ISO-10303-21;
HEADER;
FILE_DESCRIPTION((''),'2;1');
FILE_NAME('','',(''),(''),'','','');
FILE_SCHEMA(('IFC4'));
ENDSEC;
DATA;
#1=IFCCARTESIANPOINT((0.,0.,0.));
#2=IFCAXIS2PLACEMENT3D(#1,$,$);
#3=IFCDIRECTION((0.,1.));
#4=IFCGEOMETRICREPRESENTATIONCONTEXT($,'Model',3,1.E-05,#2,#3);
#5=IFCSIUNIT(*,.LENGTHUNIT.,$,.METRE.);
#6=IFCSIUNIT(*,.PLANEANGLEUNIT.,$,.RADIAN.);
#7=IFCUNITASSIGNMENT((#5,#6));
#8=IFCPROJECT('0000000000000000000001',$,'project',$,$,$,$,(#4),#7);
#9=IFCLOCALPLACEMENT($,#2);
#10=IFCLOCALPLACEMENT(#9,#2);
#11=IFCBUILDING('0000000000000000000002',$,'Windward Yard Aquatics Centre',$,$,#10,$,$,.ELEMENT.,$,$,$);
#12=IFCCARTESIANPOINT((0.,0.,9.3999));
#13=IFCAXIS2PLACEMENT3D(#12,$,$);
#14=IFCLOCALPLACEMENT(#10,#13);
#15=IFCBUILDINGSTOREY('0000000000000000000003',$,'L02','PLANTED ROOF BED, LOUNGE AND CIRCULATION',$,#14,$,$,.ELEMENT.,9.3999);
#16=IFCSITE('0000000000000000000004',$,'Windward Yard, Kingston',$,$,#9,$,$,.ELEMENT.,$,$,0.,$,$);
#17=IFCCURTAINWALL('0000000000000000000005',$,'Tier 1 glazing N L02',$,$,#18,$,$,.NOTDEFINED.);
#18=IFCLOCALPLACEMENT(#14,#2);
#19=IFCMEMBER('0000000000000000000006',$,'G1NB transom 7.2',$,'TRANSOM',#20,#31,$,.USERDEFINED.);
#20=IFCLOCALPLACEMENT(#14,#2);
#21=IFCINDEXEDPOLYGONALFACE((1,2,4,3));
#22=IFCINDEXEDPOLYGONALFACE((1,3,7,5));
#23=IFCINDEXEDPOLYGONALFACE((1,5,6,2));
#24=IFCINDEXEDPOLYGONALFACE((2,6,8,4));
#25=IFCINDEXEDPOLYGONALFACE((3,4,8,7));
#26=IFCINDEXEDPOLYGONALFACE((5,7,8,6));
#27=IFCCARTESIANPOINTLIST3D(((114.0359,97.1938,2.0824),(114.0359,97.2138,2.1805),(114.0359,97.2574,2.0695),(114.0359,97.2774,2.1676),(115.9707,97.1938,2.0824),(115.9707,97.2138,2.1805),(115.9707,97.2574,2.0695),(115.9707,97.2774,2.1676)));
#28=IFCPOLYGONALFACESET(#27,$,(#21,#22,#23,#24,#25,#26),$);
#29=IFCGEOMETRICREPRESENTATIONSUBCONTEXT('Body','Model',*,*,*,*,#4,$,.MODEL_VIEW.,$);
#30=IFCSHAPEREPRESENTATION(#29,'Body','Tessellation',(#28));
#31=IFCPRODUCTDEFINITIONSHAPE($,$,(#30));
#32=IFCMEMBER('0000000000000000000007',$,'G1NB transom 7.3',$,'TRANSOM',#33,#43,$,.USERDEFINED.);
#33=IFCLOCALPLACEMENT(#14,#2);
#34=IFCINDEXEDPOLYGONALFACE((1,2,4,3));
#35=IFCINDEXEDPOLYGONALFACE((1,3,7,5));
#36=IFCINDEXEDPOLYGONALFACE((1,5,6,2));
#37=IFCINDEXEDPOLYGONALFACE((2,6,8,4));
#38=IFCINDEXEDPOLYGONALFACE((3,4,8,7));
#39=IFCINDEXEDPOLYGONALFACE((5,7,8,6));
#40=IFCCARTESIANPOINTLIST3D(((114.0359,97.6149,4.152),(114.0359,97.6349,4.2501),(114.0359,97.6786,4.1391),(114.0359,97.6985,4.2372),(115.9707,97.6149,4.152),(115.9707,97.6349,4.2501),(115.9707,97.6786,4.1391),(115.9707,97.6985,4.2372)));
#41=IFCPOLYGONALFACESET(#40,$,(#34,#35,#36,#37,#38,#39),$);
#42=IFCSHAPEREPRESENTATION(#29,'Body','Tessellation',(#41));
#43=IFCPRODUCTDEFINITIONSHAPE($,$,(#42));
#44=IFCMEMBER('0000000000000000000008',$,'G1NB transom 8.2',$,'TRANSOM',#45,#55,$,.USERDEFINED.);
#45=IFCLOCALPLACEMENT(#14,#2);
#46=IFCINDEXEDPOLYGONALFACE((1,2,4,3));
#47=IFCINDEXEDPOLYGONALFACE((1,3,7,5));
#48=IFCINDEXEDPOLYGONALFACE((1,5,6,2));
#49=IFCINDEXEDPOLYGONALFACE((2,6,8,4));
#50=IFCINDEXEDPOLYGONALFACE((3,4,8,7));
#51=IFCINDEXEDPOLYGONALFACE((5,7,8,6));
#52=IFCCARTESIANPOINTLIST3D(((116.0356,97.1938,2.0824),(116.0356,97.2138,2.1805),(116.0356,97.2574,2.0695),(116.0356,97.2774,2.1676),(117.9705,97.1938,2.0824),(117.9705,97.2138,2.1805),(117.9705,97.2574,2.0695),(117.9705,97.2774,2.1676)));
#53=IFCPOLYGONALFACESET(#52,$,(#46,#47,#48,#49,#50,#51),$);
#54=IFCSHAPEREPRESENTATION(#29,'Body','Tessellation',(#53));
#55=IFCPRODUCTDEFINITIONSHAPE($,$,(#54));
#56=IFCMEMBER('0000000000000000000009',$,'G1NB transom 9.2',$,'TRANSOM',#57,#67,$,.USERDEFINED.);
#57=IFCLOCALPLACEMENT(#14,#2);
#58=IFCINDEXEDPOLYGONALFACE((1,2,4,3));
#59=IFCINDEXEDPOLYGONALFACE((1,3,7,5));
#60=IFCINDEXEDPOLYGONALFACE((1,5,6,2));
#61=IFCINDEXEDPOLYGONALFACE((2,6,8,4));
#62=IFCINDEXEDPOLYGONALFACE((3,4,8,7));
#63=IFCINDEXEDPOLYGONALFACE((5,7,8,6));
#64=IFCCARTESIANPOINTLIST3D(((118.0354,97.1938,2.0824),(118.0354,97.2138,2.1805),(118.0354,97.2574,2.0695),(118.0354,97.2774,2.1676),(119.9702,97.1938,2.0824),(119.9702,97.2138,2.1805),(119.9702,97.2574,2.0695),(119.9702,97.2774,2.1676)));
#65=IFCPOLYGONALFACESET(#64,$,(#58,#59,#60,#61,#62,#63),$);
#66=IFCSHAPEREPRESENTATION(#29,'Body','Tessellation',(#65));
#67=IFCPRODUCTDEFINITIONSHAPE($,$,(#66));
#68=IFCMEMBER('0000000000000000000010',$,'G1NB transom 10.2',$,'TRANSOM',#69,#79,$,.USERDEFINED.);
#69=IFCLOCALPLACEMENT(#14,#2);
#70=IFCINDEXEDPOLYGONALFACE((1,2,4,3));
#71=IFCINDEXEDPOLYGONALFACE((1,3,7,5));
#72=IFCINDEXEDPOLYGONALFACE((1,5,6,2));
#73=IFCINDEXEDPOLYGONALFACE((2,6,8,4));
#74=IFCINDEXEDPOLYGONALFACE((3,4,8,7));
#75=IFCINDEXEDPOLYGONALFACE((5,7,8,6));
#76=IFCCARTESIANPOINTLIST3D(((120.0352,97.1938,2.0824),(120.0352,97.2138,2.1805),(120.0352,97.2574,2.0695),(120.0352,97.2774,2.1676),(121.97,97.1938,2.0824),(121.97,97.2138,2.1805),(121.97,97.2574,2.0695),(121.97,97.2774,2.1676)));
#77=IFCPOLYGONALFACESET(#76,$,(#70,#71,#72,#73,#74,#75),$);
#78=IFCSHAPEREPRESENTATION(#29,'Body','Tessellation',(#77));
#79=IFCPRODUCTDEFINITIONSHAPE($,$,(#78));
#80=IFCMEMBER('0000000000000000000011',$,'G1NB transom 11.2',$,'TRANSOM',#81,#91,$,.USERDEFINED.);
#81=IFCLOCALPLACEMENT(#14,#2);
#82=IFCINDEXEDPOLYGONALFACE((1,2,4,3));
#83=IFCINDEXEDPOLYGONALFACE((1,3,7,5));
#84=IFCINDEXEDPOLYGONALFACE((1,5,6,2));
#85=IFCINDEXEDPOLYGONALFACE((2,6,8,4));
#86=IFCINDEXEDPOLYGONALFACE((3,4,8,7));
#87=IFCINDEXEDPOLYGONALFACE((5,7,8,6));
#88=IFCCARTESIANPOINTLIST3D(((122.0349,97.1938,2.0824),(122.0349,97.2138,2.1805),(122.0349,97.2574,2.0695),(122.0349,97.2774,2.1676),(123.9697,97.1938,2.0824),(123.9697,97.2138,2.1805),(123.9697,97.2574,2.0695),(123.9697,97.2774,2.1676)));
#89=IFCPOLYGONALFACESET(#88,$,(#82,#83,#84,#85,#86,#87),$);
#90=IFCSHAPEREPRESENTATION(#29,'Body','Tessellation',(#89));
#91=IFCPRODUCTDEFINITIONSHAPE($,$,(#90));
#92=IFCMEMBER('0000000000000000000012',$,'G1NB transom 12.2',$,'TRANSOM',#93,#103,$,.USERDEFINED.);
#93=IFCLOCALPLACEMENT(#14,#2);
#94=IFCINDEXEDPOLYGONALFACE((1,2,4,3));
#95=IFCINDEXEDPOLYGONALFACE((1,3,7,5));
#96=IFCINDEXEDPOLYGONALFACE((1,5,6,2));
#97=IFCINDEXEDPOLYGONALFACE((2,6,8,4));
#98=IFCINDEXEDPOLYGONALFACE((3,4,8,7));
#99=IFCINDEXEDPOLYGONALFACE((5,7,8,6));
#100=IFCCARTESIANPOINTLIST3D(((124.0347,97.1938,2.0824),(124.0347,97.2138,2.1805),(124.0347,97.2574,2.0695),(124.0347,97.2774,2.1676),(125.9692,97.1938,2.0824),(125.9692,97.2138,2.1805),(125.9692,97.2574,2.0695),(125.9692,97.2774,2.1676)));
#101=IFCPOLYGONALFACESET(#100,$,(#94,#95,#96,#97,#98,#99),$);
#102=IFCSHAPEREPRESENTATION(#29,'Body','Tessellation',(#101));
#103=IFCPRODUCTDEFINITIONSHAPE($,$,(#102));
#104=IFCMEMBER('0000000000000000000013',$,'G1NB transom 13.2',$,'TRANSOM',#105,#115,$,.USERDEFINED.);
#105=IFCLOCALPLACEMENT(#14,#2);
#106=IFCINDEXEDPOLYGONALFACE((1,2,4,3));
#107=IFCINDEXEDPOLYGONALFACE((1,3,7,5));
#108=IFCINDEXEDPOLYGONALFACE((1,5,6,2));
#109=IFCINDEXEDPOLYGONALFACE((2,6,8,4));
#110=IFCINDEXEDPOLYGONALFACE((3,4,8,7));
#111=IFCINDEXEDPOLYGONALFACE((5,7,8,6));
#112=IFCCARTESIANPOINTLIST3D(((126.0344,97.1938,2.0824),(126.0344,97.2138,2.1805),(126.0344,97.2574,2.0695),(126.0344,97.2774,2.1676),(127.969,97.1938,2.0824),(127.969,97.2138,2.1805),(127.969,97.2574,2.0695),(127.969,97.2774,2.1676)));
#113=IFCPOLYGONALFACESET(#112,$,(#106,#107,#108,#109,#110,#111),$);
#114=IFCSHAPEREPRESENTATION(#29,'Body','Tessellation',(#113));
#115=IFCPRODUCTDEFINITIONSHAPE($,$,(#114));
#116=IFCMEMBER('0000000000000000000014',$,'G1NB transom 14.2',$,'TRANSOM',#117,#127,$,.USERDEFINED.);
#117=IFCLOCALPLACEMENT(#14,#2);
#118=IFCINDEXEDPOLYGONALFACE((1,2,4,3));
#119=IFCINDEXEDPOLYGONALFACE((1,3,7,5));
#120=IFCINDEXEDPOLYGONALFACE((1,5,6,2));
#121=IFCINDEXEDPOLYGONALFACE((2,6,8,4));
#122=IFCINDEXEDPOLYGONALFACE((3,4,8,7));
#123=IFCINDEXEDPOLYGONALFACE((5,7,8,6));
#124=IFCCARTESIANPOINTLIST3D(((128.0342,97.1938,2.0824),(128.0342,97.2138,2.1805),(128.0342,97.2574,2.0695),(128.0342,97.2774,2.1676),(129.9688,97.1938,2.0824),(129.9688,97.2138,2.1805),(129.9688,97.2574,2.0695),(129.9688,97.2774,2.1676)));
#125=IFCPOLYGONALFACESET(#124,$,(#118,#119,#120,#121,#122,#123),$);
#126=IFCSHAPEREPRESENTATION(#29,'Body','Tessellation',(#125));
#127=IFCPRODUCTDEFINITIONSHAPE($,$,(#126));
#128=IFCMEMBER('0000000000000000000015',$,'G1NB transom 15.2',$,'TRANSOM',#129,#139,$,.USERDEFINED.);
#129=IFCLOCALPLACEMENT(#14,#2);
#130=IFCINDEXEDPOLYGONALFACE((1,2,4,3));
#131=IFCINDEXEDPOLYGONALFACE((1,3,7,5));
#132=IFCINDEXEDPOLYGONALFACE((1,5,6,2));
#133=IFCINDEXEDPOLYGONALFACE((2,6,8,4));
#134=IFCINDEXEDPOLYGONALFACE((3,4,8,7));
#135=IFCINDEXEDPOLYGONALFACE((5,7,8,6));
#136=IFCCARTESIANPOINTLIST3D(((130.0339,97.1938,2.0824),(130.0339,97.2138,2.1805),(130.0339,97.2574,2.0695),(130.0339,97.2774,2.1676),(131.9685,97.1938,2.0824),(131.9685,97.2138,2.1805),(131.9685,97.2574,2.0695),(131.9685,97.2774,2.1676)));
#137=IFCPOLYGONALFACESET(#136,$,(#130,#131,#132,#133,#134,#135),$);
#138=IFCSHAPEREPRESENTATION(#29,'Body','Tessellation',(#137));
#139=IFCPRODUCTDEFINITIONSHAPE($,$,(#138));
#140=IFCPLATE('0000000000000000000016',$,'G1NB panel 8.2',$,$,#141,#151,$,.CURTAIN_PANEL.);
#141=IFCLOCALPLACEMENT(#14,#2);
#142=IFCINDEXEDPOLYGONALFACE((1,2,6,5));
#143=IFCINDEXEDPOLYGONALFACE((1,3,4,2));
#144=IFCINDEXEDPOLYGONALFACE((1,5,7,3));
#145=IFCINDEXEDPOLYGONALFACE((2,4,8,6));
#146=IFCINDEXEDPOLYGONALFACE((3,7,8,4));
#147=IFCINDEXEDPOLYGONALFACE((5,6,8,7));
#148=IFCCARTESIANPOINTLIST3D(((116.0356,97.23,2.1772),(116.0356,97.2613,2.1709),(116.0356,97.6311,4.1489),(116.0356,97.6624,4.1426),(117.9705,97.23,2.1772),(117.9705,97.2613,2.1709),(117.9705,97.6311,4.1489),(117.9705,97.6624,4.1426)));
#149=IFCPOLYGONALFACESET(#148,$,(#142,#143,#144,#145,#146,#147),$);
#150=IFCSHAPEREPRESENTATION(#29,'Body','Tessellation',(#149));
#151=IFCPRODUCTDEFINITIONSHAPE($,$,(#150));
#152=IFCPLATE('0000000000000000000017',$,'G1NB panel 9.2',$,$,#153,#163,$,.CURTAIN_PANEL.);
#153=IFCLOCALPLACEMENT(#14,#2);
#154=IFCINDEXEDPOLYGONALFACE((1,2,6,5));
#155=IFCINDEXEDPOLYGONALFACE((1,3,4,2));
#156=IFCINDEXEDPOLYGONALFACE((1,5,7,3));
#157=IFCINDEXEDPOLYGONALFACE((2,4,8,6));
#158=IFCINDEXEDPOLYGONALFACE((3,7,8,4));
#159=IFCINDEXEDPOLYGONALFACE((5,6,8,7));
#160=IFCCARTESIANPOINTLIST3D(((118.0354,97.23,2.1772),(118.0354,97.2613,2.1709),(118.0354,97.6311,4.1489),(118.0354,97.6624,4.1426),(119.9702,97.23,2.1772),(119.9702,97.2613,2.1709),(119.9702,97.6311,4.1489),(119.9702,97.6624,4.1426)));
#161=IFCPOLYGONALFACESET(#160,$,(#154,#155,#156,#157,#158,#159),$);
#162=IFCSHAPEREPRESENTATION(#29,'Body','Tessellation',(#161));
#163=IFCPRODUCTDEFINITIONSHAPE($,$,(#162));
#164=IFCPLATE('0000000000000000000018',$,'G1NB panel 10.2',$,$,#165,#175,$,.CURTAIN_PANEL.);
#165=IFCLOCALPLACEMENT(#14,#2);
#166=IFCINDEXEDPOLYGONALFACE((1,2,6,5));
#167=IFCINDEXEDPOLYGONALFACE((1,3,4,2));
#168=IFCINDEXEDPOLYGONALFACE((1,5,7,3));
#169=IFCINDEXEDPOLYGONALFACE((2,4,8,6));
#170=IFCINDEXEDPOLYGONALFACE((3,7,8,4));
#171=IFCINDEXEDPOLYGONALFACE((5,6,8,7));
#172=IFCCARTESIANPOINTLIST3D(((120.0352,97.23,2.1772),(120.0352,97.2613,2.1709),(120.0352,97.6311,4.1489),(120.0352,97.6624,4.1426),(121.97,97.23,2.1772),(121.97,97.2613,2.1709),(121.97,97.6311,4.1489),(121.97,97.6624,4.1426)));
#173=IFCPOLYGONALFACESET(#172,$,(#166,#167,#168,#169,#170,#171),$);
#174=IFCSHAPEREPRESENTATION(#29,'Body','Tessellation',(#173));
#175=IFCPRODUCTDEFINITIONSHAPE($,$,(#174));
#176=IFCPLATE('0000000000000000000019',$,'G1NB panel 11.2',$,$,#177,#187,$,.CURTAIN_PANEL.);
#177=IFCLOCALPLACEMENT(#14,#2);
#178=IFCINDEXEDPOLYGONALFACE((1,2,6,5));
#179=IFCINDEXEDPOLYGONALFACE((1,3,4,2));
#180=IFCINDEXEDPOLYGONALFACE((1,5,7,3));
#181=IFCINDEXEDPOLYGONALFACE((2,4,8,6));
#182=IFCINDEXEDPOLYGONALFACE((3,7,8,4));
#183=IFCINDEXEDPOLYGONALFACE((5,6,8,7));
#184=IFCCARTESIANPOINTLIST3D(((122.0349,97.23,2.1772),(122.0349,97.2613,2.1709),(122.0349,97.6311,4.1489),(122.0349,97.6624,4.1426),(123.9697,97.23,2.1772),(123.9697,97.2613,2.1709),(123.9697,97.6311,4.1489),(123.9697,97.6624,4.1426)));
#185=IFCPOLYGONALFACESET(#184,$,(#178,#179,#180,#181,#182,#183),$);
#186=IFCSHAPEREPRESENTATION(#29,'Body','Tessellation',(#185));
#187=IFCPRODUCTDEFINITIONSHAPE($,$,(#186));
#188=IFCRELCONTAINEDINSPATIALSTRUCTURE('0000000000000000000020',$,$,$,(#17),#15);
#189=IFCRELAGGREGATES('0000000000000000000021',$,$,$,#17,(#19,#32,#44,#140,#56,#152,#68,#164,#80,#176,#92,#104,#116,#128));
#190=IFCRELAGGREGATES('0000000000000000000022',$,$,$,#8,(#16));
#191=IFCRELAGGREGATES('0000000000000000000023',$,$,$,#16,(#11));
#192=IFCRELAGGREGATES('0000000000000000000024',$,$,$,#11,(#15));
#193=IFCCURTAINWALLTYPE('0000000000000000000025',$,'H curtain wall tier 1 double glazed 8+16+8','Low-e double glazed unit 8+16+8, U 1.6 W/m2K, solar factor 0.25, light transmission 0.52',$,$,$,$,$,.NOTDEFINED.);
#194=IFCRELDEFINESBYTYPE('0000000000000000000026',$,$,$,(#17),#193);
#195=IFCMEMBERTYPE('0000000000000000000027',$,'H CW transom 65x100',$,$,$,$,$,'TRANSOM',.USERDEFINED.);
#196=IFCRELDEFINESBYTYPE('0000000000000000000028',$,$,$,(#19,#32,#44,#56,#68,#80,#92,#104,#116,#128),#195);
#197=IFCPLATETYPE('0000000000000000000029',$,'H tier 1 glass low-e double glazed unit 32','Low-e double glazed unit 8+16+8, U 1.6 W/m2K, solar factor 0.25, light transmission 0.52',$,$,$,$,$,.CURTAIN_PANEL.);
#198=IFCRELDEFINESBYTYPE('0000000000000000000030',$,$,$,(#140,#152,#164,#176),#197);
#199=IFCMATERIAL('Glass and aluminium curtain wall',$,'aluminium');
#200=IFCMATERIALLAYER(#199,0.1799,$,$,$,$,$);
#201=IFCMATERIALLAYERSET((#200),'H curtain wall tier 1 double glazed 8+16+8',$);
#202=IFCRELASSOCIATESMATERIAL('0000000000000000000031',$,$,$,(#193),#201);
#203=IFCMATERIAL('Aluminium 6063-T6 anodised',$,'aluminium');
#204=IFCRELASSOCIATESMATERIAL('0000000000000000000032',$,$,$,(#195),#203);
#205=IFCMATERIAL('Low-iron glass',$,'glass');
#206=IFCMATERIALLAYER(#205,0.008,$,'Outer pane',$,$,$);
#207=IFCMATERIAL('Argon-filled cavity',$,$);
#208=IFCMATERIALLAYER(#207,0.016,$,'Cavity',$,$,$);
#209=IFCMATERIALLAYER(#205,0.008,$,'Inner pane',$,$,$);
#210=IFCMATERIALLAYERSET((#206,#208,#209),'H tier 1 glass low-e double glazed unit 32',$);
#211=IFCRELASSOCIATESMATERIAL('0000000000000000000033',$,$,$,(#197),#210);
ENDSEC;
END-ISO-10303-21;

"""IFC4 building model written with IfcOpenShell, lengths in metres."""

from ifc_helpers import new_model, si_unit, direction, frame, origin, origin_2d, place, context, subcontext, project, spatial, polyline, rectangle, outline, extrude, material, layer, layer_set, material_profile, profile_set, type_object, element, aggregate, save


model = new_model("IFC4")

# Units and contexts
model_context = context("Model", 3, precision=1e-05, world=origin(), true_north=direction((0.0, 1.0)))
body_context = subcontext(model_context, "Body", "Model", "MODEL_VIEW")
ifc_project = project(units=[si_unit("LENGTHUNIT", "METRE"), si_unit("PLANEANGLEUNIT", "RADIAN")], contexts=[model_context])

# Site, building, storey
site_placement = place(None, origin())
site = spatial("IfcSite", under=ifc_project, at=site_placement, Name="Windward Yard, Kingston", CompositionType="ELEMENT", RefElevation=0.0)
building_placement = place(site_placement, origin())
building = spatial("IfcBuilding", under=site, at=building_placement, Name="Windward Yard Aquatics Centre", CompositionType="ELEMENT")
storey_placement = place(building_placement, frame((0.0, 0.0, 9.3999)))
storey = spatial("IfcBuildingStorey", under=building, at=storey_placement, Name="L02", Description="PLANTED ROOF BED, LOUNGE AND CIRCULATION", CompositionType="ELEMENT", Elevation=9.3999)

# Curtain wall, members, plates
ifc_material_1 = material(Name="Glass and aluminium curtain wall", Category="aluminium")
ifc_layer_1 = layer(ifc_material_1, 0.1799)
ifc_layer_set_1 = layer_set([ifc_layer_1], Name="H curtain wall tier 1 double glazed 8+16+8")
curtain_wall_type = type_object("IfcCurtainWallType", Name="H curtain wall tier 1 double glazed 8+16+8", Description="Low-e double glazed unit 8+16+8, U 1.6 W/m2K, solar factor 0.25, light transmission 0.52", PredefinedType="NOTDEFINED", material=ifc_layer_set_1)
curtain_wall_placement = place(storey_placement, origin())
curtain_wall = element("IfcCurtainWall", 1, at=curtain_wall_placement, inside=storey, type_object=curtain_wall_type, Name="Tier 1 glazing N L02", PredefinedType="NOTDEFINED")
ifc_material_2 = material(Name="Aluminium 6063-T6 anodised", Category="aluminium")
ifc_material_profile = material_profile(ifc_material_2, rectangle(XDim=0.0649, YDim=0.1001, at=origin_2d()), Name="H CW transom 65x100")
ifc_profile_set = profile_set([ifc_material_profile], Name="Aluminium 6063-T6 anodised")
member_type = type_object("IfcMemberType", Name="H CW transom 65x100", ElementType="TRANSOM", PredefinedType="USERDEFINED", material=ifc_profile_set)
member_1_placement = place(storey_placement, frame((114.0359, 97.2356, 2.125), z_axis=(1.0, 0.0, 0.0), x_axis=(0.0, -0.979925, 0.199368)))
member_1 = element("IfcMember", 2, at=member_1_placement, type_object=member_type, Name="G1NB transom 7.2", ObjectType="TRANSOM", PredefinedType="USERDEFINED", context=body_context, shape_type="SweptSolid", body=[
    extrude(rectangle(XDim=0.0649, YDim=0.1001, at=origin_2d()), origin(), (0.0, 0.0, 1.0), 1.9348),
])
member_2_placement = place(storey_placement, frame((114.0359, 97.6567, 4.1946), z_axis=(1.0, 0.0, 0.0), x_axis=(0.0, -0.979925, 0.199368)))
member_2 = element("IfcMember", 3, at=member_2_placement, type_object=member_type, Name="G1NB transom 7.3", ObjectType="TRANSOM", PredefinedType="USERDEFINED", context=body_context, shape_type="SweptSolid", body=[
    extrude(rectangle(XDim=0.0649, YDim=0.1001, at=origin_2d()), origin(), (0.0, 0.0, 1.0), 1.9348),
])
member_3_placement = place(storey_placement, frame((116.0356, 97.2356, 2.125), z_axis=(1.0, 0.0, 0.0), x_axis=(0.0, -0.979925, 0.199368)))
member_3 = element("IfcMember", 4, at=member_3_placement, type_object=member_type, Name="G1NB transom 8.2", ObjectType="TRANSOM", PredefinedType="USERDEFINED", context=body_context, shape_type="SweptSolid", body=[
    extrude(rectangle(XDim=0.0649, YDim=0.1001, at=origin_2d()), origin(), (0.0, 0.0, 1.0), 1.9348),
])
member_4_placement = place(storey_placement, frame((118.0354, 97.2356, 2.125), z_axis=(1.0, 0.0, 0.0), x_axis=(0.0, -0.979925, 0.199368)))
member_4 = element("IfcMember", 5, at=member_4_placement, type_object=member_type, Name="G1NB transom 9.2", ObjectType="TRANSOM", PredefinedType="USERDEFINED", context=body_context, shape_type="SweptSolid", body=[
    extrude(rectangle(XDim=0.0649, YDim=0.1001, at=origin_2d()), origin(), (0.0, 0.0, 1.0), 1.9348),
])
member_5_placement = place(storey_placement, frame((120.0352, 97.2356, 2.125), z_axis=(1.0, 0.0, 0.0), x_axis=(0.0, -0.979925, 0.199368)))
member_5 = element("IfcMember", 6, at=member_5_placement, type_object=member_type, Name="G1NB transom 10.2", ObjectType="TRANSOM", PredefinedType="USERDEFINED", context=body_context, shape_type="SweptSolid", body=[
    extrude(rectangle(XDim=0.0649, YDim=0.1001, at=origin_2d()), origin(), (0.0, 0.0, 1.0), 1.9348),
])
member_6_placement = place(storey_placement, frame((122.0349, 97.2356, 2.125), z_axis=(1.0, 0.0, 0.0), x_axis=(0.0, -0.979925, 0.199368)))
member_6 = element("IfcMember", 7, at=member_6_placement, type_object=member_type, Name="G1NB transom 11.2", ObjectType="TRANSOM", PredefinedType="USERDEFINED", context=body_context, shape_type="SweptSolid", body=[
    extrude(rectangle(XDim=0.0649, YDim=0.1001, at=origin_2d()), origin(), (0.0, 0.0, 1.0), 1.9348),
])
member_7_placement = place(storey_placement, frame((124.0347, 97.2356, 2.125), z_axis=(1.0, 0.0, 0.0), x_axis=(0.0, -0.979925, 0.199368)))
member_7 = element("IfcMember", 8, at=member_7_placement, type_object=member_type, Name="G1NB transom 12.2", ObjectType="TRANSOM", PredefinedType="USERDEFINED", context=body_context, shape_type="SweptSolid", body=[
    extrude(rectangle(XDim=0.0649, YDim=0.1001, at=origin_2d()), origin(), (0.0, 0.0, 1.0), 1.9346),
])
member_8_placement = place(storey_placement, frame((126.0344, 97.2356, 2.125), z_axis=(1.0, 0.0, 0.0), x_axis=(0.0, -0.979925, 0.199368)))
member_8 = element("IfcMember", 9, at=member_8_placement, type_object=member_type, Name="G1NB transom 13.2", ObjectType="TRANSOM", PredefinedType="USERDEFINED", context=body_context, shape_type="SweptSolid", body=[
    extrude(rectangle(XDim=0.0649, YDim=0.1001, at=origin_2d()), origin(), (0.0, 0.0, 1.0), 1.9346),
])
member_9_placement = place(storey_placement, frame((128.0342, 97.2356, 2.125), z_axis=(1.0, 0.0, 0.0), x_axis=(0.0, -0.979925, 0.199368)))
member_9 = element("IfcMember", 10, at=member_9_placement, type_object=member_type, Name="G1NB transom 14.2", ObjectType="TRANSOM", PredefinedType="USERDEFINED", context=body_context, shape_type="SweptSolid", body=[
    extrude(rectangle(XDim=0.0649, YDim=0.1001, at=origin_2d()), origin(), (0.0, 0.0, 1.0), 1.9346),
])
member_10_placement = place(storey_placement, frame((130.0339, 97.2356, 2.125), z_axis=(1.0, 0.0, 0.0), x_axis=(0.0, -0.979925, 0.199368)))
member_10 = element("IfcMember", 11, at=member_10_placement, type_object=member_type, Name="G1NB transom 15.2", ObjectType="TRANSOM", PredefinedType="USERDEFINED", context=body_context, shape_type="SweptSolid", body=[
    extrude(rectangle(XDim=0.0649, YDim=0.1001, at=origin_2d()), origin(), (0.0, 0.0, 1.0), 1.9346),
])
ifc_material_3 = material(Name="Low-iron glass", Category="glass")
ifc_layer_2 = layer(ifc_material_3, 0.008, Name="Outer pane")
ifc_material_4 = material(Name="Argon-filled cavity")
ifc_layer_3 = layer(ifc_material_4, 0.016, Name="Cavity")
ifc_layer_4 = layer(ifc_material_3, 0.008, Name="Inner pane")
ifc_layer_set_2 = layer_set([ifc_layer_2, ifc_layer_3, ifc_layer_4], Name="H tier 1 glass low-e double glazed unit 32")
plate_type = type_object("IfcPlateType", Name="H tier 1 glass low-e double glazed unit 32", Description="Low-e double glazed unit 8+16+8, U 1.6 W/m2K, solar factor 0.25, light transmission 0.52", PredefinedType="CURTAIN_PANEL", material=ifc_layer_set_2)
plate_1_placement = place(storey_placement, frame((116.0356, 97.23, 2.1772), z_axis=(0.0, -0.979927, 0.199359), x_axis=(1.0, 0.0, 0.0)))
plate_1 = element("IfcPlate", 12, at=plate_1_placement, type_object=plate_type, Name="G1NB panel 8.2", PredefinedType="CURTAIN_PANEL", context=body_context, shape_type="SweptSolid", body=[
    extrude(outline(polyline([(0.0, 0.0), (1.9348, 0.0), (1.9348, 2.0121), (0.0, 2.0121), (0.0, 0.0)])), origin(), (0.0, 0.0, -1.0), 0.032),
])
plate_2_placement = place(storey_placement, frame((118.0354, 97.23, 2.1772), z_axis=(0.0, -0.979927, 0.199359), x_axis=(1.0, 0.0, 0.0)))
plate_2 = element("IfcPlate", 13, at=plate_2_placement, type_object=plate_type, Name="G1NB panel 9.2", PredefinedType="CURTAIN_PANEL", context=body_context, shape_type="SweptSolid", body=[
    extrude(outline(polyline([(0.0, 0.0), (1.9348, 0.0), (1.9348, 2.0121), (0.0, 2.0121), (0.0, 0.0)])), origin(), (0.0, 0.0, -1.0), 0.032),
])
plate_3_placement = place(storey_placement, frame((120.0352, 97.23, 2.1772), z_axis=(0.0, -0.979927, 0.199359), x_axis=(1.0, 0.0, 0.0)))
plate_3 = element("IfcPlate", 14, at=plate_3_placement, type_object=plate_type, Name="G1NB panel 10.2", PredefinedType="CURTAIN_PANEL", context=body_context, shape_type="SweptSolid", body=[
    extrude(outline(polyline([(0.0, 0.0), (1.9348, 0.0), (1.9348, 2.0121), (0.0, 2.0121), (0.0, 0.0)])), origin(), (0.0, 0.0, -1.0), 0.032),
])
plate_4_placement = place(storey_placement, frame((122.0349, 97.23, 2.1772), z_axis=(0.0, -0.979927, 0.199359), x_axis=(1.0, 0.0, 0.0)))
plate_4 = element("IfcPlate", 15, at=plate_4_placement, type_object=plate_type, Name="G1NB panel 11.2", PredefinedType="CURTAIN_PANEL", context=body_context, shape_type="SweptSolid", body=[
    extrude(outline(polyline([(0.0, 0.0), (1.9348, 0.0), (1.9348, 2.0121), (0.0, 2.0121), (0.0, 0.0)])), origin(), (0.0, 0.0, -1.0), 0.032),
])
aggregate(curtain_wall, [member_1, member_2, member_3, plate_1, member_4, plate_2, member_5, plate_3, member_6, plate_4, member_7, member_8, member_9, member_10])

save(model, "model.ifc")
